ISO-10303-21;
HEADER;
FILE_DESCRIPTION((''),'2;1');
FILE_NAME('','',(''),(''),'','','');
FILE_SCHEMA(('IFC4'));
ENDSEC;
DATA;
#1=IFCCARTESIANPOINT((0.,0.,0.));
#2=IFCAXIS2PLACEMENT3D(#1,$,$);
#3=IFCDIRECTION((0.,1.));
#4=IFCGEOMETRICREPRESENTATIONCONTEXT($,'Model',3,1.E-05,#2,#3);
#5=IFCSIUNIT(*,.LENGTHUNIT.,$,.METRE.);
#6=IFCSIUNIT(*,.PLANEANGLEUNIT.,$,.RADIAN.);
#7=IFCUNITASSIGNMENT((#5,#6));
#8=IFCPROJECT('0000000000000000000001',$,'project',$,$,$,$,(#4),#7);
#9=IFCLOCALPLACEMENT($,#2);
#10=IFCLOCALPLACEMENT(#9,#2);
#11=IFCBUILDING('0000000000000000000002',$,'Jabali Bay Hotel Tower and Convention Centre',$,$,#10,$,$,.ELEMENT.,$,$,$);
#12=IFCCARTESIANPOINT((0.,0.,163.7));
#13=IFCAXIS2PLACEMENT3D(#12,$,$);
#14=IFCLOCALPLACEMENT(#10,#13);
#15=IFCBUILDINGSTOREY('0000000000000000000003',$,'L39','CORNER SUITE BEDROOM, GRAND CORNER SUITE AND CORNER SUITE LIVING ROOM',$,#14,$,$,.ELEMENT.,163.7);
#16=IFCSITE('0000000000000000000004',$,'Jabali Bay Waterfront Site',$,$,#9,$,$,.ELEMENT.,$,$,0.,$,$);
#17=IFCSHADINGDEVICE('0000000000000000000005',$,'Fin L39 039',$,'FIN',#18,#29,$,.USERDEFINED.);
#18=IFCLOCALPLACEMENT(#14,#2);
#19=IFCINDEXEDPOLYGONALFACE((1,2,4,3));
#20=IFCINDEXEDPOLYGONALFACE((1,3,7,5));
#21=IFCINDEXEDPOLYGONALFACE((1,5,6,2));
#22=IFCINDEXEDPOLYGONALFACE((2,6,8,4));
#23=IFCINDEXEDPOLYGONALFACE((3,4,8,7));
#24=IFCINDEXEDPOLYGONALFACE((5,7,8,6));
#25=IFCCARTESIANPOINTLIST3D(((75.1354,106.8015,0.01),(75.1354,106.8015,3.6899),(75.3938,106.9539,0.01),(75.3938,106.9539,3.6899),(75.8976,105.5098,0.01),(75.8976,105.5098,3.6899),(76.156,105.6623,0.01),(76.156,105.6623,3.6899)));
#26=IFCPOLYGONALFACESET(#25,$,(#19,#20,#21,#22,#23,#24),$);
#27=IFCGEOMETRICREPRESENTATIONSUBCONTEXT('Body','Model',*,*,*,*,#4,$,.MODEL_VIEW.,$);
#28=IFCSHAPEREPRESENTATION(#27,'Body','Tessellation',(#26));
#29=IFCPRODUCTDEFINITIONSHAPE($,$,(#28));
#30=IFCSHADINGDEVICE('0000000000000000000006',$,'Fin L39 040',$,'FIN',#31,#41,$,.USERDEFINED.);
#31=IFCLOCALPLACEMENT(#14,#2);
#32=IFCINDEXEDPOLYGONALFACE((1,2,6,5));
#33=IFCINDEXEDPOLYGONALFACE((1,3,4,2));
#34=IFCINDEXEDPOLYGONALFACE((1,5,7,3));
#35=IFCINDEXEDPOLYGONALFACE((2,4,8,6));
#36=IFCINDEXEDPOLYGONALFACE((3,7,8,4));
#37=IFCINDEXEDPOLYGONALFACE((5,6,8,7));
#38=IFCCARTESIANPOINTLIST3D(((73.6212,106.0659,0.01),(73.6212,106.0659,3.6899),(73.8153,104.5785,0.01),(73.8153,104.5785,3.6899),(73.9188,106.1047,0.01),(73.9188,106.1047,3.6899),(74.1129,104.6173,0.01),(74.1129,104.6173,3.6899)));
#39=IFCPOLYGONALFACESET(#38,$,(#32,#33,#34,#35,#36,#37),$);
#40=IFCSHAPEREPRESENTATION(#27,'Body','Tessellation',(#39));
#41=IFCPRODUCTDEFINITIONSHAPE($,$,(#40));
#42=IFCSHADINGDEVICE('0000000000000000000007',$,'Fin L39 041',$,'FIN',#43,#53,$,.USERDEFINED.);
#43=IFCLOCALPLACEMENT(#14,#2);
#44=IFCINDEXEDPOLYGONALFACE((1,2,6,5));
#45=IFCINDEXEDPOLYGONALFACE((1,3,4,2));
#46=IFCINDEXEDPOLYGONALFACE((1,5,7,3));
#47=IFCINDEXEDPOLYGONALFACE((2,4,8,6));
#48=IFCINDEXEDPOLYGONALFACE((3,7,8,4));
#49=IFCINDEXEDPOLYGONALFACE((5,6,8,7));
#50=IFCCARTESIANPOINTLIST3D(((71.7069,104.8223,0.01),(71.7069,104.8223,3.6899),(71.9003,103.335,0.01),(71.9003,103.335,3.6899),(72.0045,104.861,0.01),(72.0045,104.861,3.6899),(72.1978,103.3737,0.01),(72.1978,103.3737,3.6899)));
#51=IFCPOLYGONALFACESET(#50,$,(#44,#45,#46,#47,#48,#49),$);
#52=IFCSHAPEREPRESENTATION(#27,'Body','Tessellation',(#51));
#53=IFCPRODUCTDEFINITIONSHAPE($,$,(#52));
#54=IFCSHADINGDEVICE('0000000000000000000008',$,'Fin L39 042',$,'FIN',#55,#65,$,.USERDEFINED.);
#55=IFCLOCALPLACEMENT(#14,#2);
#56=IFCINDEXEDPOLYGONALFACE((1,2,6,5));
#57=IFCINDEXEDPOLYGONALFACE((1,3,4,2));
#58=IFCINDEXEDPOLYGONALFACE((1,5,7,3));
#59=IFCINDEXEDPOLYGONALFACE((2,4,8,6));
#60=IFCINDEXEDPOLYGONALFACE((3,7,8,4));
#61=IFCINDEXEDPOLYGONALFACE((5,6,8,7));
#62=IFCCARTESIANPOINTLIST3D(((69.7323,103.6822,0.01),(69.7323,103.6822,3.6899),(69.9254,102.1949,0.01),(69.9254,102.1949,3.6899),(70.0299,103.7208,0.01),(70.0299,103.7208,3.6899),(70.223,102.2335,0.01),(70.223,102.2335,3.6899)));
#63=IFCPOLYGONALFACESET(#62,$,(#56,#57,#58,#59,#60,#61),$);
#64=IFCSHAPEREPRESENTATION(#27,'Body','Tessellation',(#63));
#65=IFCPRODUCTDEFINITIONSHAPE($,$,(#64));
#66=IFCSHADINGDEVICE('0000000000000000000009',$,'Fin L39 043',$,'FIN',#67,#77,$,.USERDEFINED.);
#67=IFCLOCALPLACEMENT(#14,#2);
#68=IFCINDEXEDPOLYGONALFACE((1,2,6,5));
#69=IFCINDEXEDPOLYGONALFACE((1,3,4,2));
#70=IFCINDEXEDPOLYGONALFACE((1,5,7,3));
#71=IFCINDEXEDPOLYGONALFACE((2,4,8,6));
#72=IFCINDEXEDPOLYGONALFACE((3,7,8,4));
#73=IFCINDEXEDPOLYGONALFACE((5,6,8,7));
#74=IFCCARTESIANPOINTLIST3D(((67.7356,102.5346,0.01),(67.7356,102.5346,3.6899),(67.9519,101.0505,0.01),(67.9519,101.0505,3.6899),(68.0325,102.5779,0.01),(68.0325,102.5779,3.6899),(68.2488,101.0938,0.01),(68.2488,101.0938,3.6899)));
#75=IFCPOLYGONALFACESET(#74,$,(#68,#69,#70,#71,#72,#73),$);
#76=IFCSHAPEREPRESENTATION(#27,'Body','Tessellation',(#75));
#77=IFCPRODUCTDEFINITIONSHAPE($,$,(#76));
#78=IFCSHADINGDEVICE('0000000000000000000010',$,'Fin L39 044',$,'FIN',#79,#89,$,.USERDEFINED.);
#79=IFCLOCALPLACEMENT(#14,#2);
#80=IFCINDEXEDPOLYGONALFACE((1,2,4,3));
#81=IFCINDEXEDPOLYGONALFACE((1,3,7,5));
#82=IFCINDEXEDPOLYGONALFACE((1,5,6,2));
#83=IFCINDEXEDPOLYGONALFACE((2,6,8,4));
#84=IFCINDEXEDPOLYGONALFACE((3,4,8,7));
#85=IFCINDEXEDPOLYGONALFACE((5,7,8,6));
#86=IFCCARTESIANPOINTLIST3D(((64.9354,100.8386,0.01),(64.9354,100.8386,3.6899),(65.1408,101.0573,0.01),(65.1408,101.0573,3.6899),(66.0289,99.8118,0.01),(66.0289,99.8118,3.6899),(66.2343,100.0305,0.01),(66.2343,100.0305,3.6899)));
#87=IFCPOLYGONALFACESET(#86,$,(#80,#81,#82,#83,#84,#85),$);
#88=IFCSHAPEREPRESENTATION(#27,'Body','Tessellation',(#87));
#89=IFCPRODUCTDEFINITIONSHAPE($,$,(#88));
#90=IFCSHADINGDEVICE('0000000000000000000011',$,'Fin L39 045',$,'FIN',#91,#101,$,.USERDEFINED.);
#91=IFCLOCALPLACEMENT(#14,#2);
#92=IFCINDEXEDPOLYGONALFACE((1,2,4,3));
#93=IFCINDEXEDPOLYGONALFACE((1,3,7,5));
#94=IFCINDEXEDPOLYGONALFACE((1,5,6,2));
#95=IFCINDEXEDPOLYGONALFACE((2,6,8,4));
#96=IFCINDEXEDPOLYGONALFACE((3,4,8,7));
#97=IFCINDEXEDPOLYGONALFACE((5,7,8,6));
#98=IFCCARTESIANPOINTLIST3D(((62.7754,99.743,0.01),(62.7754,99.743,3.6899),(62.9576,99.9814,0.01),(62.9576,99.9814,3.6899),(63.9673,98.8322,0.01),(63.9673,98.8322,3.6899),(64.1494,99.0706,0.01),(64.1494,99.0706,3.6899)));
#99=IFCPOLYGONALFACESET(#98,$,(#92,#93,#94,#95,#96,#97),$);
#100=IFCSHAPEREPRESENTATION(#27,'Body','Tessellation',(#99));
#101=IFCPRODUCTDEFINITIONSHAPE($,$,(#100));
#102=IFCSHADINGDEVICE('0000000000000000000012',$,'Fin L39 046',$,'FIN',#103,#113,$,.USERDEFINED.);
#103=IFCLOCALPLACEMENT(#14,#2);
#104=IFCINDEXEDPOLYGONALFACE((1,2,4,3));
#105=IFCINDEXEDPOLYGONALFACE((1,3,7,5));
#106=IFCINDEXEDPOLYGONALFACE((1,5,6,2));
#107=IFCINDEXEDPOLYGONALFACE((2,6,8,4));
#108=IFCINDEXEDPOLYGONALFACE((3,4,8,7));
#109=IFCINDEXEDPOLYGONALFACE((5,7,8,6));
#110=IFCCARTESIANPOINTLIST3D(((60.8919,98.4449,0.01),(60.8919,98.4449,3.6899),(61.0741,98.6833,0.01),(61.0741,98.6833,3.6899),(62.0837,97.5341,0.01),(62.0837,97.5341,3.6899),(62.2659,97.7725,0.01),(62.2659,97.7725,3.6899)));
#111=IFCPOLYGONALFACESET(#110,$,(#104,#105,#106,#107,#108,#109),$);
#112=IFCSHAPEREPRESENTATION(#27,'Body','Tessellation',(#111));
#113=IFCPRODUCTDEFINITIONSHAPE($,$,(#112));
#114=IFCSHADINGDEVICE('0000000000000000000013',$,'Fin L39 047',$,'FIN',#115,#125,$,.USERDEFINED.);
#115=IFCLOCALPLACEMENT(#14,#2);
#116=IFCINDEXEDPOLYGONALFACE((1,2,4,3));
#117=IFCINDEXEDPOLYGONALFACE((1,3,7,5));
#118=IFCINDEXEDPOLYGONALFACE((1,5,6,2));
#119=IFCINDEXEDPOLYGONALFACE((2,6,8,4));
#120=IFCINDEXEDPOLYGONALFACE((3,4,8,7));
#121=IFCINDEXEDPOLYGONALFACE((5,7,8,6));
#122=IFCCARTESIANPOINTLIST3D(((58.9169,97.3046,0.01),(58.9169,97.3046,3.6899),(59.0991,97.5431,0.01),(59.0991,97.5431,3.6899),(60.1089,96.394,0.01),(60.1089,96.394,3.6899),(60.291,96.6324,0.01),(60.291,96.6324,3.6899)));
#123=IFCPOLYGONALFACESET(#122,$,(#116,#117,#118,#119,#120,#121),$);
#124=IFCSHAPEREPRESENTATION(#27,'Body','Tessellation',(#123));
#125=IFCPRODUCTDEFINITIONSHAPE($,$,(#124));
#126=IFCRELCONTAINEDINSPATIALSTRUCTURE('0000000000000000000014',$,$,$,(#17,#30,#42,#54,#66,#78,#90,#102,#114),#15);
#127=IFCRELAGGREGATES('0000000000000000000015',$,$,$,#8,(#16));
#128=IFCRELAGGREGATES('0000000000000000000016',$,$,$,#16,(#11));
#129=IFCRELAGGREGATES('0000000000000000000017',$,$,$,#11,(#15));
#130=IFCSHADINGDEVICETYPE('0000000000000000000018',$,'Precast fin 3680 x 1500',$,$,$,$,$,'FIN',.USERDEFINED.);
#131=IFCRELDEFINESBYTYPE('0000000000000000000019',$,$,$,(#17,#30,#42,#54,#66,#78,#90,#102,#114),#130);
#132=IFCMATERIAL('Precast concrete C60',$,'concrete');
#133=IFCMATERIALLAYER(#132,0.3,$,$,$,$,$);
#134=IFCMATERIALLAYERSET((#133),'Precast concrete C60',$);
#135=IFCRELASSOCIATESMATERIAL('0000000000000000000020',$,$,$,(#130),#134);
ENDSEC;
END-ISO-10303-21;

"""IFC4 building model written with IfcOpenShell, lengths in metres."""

from ifc_helpers import new_model, si_unit, direction, frame, frame_2d, origin, place, context, subcontext, project, spatial, rectangle, extrude, material, layer, layer_set, type_object, element, save


model = new_model("IFC4")

# Units and contexts
model_context = context("Model", 3, precision=1e-05, world=origin(), true_north=direction((0.0, 1.0)))
body_context = subcontext(model_context, "Body", "Model", "MODEL_VIEW")
ifc_project = project(units=[si_unit("LENGTHUNIT", "METRE"), si_unit("PLANEANGLEUNIT", "RADIAN")], contexts=[model_context])

# Site, building, storey
site_placement = place(None, origin())
site = spatial("IfcSite", under=ifc_project, at=site_placement, Name="Jabali Bay Waterfront Site", CompositionType="ELEMENT", RefElevation=0.0)
building_placement = place(site_placement, origin())
building = spatial("IfcBuilding", under=site, at=building_placement, Name="Jabali Bay Hotel Tower and Convention Centre", CompositionType="ELEMENT")
storey_placement = place(building_placement, frame((0.0, 0.0, 163.7)))
storey = spatial("IfcBuildingStorey", under=building, at=storey_placement, Name="L39", Description="CORNER SUITE BEDROOM, GRAND CORNER SUITE AND CORNER SUITE LIVING ROOM", CompositionType="ELEMENT", Elevation=163.7)

# Shading devices
ifc_material_1 = material(Name="Precast concrete C60", Category="concrete")
ifc_layer_1 = layer(ifc_material_1, 0.3)
ifc_layer_set_1 = layer_set([ifc_layer_1], Name="Precast concrete C60")
shading_device_type = type_object("IfcShadingDeviceType", Name="Precast fin 3680 x 1500", ElementType="FIN", PredefinedType="USERDEFINED", material=ifc_layer_set_1)
shading_device_1_placement = place(storey_placement, frame((76.0269, 105.5859, 0.01), z_axis=(0.0, 0.0, 1.0), x_axis=(-0.508186, 0.861247, 0.0)))
element("IfcShadingDevice", 1, at=shading_device_1_placement, inside=storey, type_object=shading_device_type, Name="Fin L39 039", ObjectType="FIN", PredefinedType="USERDEFINED", context=body_context, shape_type="SweptSolid", body=[
    extrude(rectangle(XDim=1.4998, YDim=0.3, at=frame_2d((0.75, 0.0))), origin(), (0.0, 0.0, 1.0), 3.6799),
])
shading_device_2_placement = place(storey_placement, frame((73.9641, 104.5979, 0.01), z_axis=(0.0, 0.0, 1.0), x_axis=(-0.129402, 0.991592, 0.0)))
element("IfcShadingDevice", 2, at=shading_device_2_placement, inside=storey, type_object=shading_device_type, Name="Fin L39 040", ObjectType="FIN", PredefinedType="USERDEFINED", context=body_context, shape_type="SweptSolid", body=[
    extrude(rectangle(XDim=1.5, YDim=0.3, at=frame_2d((0.75, 0.0))), origin(), (0.0, 0.0, 1.0), 3.6799),
])
for number, where, z_axis, x_axis, name in (
    (3, (72.0491, 103.3542, 0.01), (0.0, 0.0, 1.0), (-0.128922, 0.991655, 0.0), "Fin L39 041"),
    (4, (70.0742, 102.2141, 0.01), (0.0, 0.0, 1.0), (-0.128762, 0.991676, 0.0), "Fin L39 042"),
    (5, (68.1003, 101.072, 0.01), (0.0, 0.0, 1.0), (-0.144224, 0.989545, 0.0), "Fin L39 043"),
):
    element("IfcShadingDevice", number, at=place(storey_placement, frame(where, z_axis=z_axis, x_axis=x_axis)), inside=storey, type_object=shading_device_type, Name=name, ObjectType="FIN", PredefinedType="USERDEFINED", context=body_context, shape_type="SweptSolid", body=[
        extrude(rectangle(XDim=1.4998, YDim=0.3, at=frame_2d((0.75, 0.0))), origin(), (0.0, 0.0, 1.0), 3.6799),
    ])
for number, where, z_axis, x_axis, name in (
    (6, (66.1316, 99.9211, 0.01), (0.0, 0.0, 1.0), (-0.728974, 0.684542, 0.0), "Fin L39 044"),
    (7, (64.0583, 98.9514, 0.01), (0.0, 0.0, 1.0), (-0.794538, 0.607214, 0.0), "Fin L39 045"),
    (8, (62.1748, 97.6533, 0.01), (0.0, 0.0, 1.0), (-0.794538, 0.607214, 0.0), "Fin L39 046"),
    (9, (60.2, 96.5132, 0.01), (0.0, 0.0, 1.0), (-0.794616, 0.607112, 0.0), "Fin L39 047"),
):
    element("IfcShadingDevice", number, at=place(storey_placement, frame(where, z_axis=z_axis, x_axis=x_axis)), inside=storey, type_object=shading_device_type, Name=name, ObjectType="FIN", PredefinedType="USERDEFINED", context=body_context, shape_type="SweptSolid", body=[
        extrude(rectangle(XDim=1.5, YDim=0.3, at=frame_2d((0.75, 0.0))), origin(), (0.0, 0.0, 1.0), 3.6799),
    ])

save(model, "model.ifc")
